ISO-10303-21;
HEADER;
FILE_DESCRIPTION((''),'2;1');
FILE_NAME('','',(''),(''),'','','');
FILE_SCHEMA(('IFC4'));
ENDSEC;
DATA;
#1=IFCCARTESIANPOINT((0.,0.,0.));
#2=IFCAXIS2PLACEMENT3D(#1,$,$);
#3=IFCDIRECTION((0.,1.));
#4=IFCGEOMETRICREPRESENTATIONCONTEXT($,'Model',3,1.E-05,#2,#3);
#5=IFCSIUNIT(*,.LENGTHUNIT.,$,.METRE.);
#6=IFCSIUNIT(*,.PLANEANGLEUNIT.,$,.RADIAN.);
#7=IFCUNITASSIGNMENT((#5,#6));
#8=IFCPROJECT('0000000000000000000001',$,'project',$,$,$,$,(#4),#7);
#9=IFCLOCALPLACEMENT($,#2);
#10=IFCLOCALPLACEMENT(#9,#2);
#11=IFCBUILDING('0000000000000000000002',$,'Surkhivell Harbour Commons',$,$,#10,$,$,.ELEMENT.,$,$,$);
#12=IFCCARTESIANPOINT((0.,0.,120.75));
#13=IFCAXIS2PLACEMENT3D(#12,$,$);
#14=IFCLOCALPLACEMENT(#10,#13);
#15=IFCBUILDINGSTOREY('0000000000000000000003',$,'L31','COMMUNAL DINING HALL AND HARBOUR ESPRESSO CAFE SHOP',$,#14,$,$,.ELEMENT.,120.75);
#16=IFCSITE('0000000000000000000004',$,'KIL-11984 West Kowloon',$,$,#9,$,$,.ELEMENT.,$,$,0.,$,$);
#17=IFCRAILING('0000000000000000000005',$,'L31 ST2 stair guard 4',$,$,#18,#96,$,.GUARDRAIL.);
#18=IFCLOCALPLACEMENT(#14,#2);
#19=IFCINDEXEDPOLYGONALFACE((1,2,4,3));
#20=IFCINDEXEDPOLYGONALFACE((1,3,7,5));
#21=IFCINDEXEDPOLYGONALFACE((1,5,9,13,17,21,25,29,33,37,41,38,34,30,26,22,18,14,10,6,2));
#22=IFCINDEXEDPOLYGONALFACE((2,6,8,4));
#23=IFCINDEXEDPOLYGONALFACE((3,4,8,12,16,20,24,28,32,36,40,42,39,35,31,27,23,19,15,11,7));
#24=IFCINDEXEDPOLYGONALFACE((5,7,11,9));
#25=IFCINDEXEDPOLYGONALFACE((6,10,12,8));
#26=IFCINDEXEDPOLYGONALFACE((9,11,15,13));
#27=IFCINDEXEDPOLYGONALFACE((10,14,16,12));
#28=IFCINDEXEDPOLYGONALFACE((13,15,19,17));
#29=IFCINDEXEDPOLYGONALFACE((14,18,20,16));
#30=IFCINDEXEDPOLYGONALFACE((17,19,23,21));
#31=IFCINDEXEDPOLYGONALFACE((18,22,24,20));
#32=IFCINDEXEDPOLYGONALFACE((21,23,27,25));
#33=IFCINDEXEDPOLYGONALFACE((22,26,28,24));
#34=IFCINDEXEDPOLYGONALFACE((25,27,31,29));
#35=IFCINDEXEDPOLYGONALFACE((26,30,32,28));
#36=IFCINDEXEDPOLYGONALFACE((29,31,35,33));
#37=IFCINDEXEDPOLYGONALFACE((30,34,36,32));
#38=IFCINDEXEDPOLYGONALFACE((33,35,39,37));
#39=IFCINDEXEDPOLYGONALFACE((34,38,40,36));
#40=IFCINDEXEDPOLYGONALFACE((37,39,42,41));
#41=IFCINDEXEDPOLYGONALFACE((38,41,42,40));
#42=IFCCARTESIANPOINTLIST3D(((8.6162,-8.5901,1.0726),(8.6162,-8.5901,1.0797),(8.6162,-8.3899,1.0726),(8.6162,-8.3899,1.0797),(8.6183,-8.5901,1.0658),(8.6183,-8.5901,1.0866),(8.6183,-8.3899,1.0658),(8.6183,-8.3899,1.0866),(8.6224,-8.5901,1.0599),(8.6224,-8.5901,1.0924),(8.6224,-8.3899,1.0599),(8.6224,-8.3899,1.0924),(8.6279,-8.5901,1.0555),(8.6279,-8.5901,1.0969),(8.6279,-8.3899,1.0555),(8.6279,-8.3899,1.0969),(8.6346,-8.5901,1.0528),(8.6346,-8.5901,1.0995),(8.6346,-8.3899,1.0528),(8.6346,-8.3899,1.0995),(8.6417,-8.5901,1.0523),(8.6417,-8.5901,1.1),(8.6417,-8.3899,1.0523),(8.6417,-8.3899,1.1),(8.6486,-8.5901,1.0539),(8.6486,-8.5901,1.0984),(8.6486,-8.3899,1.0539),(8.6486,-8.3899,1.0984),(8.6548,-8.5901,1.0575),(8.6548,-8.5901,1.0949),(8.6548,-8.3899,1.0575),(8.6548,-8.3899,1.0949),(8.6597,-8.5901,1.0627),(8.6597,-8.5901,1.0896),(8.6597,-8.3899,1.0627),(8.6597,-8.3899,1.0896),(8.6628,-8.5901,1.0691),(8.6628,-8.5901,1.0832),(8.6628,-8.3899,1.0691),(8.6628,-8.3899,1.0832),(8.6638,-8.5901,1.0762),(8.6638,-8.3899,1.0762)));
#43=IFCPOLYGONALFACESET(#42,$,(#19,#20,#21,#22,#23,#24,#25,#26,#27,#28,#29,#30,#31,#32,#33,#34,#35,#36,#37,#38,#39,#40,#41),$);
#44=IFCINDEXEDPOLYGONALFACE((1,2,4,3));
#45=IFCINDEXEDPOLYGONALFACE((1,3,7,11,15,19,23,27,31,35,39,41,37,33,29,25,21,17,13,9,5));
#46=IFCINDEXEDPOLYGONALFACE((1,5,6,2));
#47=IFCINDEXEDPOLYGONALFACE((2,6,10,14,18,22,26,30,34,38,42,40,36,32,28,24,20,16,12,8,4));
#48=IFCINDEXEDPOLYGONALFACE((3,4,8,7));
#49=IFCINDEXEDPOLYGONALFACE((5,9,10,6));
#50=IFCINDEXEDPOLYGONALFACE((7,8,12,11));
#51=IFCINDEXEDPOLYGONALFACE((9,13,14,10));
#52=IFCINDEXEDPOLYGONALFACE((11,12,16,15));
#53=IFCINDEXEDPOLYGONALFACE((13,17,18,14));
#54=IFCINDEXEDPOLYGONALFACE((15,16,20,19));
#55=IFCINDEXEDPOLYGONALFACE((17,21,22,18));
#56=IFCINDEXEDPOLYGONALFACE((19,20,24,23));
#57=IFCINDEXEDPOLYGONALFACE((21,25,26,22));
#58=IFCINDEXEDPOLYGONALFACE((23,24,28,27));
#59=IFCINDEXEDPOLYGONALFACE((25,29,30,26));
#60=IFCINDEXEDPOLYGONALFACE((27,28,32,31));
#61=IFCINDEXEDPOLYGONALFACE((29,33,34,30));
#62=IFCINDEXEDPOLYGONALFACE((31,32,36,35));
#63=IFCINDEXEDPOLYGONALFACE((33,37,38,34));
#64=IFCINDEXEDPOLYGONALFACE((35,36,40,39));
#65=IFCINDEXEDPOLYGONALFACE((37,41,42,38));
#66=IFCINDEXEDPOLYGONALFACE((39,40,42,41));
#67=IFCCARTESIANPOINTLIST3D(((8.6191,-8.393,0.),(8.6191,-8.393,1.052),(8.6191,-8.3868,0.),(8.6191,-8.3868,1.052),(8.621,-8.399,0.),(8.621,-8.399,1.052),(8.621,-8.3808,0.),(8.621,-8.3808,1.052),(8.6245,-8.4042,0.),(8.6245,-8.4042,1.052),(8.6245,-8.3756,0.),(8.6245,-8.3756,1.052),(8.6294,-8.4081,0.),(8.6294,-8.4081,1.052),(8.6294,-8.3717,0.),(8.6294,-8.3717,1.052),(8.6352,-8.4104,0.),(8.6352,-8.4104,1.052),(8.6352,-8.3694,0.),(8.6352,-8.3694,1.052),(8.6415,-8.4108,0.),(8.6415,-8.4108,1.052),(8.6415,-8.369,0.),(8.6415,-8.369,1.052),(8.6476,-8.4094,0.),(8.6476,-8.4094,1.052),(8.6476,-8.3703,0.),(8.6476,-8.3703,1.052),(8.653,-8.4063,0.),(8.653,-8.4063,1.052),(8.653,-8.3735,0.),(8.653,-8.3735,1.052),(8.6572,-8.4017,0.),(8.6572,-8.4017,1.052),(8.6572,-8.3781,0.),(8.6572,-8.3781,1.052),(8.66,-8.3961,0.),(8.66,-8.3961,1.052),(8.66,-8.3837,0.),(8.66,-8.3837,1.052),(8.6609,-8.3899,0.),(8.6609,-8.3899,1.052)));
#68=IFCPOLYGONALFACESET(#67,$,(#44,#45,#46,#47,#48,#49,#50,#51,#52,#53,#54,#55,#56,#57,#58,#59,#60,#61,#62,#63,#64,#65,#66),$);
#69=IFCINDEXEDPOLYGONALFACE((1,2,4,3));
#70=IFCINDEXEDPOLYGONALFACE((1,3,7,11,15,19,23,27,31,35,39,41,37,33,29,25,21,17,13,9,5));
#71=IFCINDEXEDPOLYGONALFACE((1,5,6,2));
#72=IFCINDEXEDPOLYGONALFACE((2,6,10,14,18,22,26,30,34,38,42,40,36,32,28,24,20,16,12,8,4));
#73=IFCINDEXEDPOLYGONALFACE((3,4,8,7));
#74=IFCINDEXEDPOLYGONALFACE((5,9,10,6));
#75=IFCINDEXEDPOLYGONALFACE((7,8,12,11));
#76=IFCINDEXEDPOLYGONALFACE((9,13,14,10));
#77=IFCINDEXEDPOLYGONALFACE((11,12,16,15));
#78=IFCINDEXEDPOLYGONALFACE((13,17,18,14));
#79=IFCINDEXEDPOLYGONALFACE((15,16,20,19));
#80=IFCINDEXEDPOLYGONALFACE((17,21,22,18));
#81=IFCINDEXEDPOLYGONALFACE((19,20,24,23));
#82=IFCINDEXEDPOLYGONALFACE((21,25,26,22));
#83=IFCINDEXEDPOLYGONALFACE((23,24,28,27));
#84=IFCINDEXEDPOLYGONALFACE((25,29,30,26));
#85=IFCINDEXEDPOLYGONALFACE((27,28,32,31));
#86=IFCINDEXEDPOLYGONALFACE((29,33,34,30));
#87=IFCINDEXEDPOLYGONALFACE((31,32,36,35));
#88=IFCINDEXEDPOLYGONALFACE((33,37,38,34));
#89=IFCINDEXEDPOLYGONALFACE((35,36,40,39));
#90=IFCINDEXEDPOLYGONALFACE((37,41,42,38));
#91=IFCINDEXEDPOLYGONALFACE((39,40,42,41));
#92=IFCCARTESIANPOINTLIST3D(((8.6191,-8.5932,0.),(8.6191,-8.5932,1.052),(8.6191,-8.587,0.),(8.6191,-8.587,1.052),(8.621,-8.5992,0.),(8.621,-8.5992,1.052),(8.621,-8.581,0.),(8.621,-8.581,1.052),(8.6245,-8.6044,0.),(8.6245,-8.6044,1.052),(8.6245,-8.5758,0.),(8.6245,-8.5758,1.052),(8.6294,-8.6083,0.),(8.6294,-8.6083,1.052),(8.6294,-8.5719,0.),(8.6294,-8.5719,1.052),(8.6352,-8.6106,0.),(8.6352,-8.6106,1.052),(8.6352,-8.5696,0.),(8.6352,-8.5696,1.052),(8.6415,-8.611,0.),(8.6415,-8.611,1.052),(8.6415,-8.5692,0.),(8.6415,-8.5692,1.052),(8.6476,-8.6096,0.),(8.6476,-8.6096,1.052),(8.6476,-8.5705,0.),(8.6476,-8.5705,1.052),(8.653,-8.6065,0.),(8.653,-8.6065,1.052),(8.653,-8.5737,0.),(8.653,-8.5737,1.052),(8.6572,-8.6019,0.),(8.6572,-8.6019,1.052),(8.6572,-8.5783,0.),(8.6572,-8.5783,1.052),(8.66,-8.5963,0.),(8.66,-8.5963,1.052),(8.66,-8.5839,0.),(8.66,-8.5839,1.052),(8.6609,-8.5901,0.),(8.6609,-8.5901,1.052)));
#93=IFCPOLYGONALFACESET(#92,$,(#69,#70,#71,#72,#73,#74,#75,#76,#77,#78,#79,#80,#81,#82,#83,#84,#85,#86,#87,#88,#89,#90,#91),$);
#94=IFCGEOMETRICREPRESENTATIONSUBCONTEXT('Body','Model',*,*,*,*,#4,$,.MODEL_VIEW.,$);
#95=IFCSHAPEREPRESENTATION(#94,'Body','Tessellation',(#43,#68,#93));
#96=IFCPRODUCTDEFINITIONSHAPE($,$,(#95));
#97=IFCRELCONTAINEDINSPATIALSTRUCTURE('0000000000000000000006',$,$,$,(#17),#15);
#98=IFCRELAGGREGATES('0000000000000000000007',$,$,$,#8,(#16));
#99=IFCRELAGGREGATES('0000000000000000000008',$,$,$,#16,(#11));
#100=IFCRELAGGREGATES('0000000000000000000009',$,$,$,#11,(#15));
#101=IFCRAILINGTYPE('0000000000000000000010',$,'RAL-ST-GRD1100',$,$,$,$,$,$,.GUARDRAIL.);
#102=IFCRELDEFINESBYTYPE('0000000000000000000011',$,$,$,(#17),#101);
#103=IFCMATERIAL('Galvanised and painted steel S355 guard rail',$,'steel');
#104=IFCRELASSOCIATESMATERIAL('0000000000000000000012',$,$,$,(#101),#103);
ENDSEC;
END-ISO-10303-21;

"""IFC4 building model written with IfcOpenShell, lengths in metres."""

from ifc_helpers import new_model, si_unit, direction, frame, origin, origin_2d, place, context, subcontext, project, spatial, circle, extrude, material, type_object, element, save


model = new_model("IFC4")

# Units and contexts
model_context = context("Model", 3, precision=1e-05, world=origin(), true_north=direction((0.0, 1.0)))
body_context = subcontext(model_context, "Body", "Model", "MODEL_VIEW")
ifc_project = project(units=[si_unit("LENGTHUNIT", "METRE"), si_unit("PLANEANGLEUNIT", "RADIAN")], contexts=[model_context])

# Site, building, storey
site_placement = place(None, origin())
site = spatial("IfcSite", under=ifc_project, at=site_placement, Name="KIL-11984 West Kowloon", CompositionType="ELEMENT", RefElevation=0.0)
building_placement = place(site_placement, origin())
building = spatial("IfcBuilding", under=site, at=building_placement, Name="Surkhivell Harbour Commons", CompositionType="ELEMENT")
storey_placement = place(building_placement, frame((0.0, 0.0, 120.75)))
storey = spatial("IfcBuildingStorey", under=building, at=storey_placement, Name="L31", Description="COMMUNAL DINING HALL AND HARBOUR ESPRESSO CAFE SHOP", CompositionType="ELEMENT", Elevation=120.75)

# Railing
ifc_material_1 = material(Name="Galvanised and painted steel S355 guard rail", Category="steel")
railing_type = type_object("IfcRailingType", Name="RAL-ST-GRD1100", PredefinedType="GUARDRAIL", material=ifc_material_1)
railing_1_placement = place(storey_placement, frame((8.6399, -8.3899, 0.0)))
element("IfcRailing", 1, at=railing_1_placement, inside=storey, type_object=railing_type, Name="L31 ST2 stair guard 4", PredefinedType="GUARDRAIL", context=body_context, shape_type="SweptSolid", body=[
    extrude(circle(Radius=0.0239, at=origin_2d()), frame((0.0, 0.0, 1.0762), z_axis=(0.0, -1.0, 0.0), x_axis=(1.0, 0.0, 0.0)), (0.0, 0.0, 1.0), 0.2002),
    extrude(circle(Radius=0.021, at=origin_2d()), origin(), (0.0, 0.0, 1.0), 1.052),
    extrude(circle(Radius=0.021, at=origin_2d()), frame((0.0, -0.2002, 0.0)), (0.0, 0.0, 1.0), 1.052),
])

save(model, "model.ifc")
